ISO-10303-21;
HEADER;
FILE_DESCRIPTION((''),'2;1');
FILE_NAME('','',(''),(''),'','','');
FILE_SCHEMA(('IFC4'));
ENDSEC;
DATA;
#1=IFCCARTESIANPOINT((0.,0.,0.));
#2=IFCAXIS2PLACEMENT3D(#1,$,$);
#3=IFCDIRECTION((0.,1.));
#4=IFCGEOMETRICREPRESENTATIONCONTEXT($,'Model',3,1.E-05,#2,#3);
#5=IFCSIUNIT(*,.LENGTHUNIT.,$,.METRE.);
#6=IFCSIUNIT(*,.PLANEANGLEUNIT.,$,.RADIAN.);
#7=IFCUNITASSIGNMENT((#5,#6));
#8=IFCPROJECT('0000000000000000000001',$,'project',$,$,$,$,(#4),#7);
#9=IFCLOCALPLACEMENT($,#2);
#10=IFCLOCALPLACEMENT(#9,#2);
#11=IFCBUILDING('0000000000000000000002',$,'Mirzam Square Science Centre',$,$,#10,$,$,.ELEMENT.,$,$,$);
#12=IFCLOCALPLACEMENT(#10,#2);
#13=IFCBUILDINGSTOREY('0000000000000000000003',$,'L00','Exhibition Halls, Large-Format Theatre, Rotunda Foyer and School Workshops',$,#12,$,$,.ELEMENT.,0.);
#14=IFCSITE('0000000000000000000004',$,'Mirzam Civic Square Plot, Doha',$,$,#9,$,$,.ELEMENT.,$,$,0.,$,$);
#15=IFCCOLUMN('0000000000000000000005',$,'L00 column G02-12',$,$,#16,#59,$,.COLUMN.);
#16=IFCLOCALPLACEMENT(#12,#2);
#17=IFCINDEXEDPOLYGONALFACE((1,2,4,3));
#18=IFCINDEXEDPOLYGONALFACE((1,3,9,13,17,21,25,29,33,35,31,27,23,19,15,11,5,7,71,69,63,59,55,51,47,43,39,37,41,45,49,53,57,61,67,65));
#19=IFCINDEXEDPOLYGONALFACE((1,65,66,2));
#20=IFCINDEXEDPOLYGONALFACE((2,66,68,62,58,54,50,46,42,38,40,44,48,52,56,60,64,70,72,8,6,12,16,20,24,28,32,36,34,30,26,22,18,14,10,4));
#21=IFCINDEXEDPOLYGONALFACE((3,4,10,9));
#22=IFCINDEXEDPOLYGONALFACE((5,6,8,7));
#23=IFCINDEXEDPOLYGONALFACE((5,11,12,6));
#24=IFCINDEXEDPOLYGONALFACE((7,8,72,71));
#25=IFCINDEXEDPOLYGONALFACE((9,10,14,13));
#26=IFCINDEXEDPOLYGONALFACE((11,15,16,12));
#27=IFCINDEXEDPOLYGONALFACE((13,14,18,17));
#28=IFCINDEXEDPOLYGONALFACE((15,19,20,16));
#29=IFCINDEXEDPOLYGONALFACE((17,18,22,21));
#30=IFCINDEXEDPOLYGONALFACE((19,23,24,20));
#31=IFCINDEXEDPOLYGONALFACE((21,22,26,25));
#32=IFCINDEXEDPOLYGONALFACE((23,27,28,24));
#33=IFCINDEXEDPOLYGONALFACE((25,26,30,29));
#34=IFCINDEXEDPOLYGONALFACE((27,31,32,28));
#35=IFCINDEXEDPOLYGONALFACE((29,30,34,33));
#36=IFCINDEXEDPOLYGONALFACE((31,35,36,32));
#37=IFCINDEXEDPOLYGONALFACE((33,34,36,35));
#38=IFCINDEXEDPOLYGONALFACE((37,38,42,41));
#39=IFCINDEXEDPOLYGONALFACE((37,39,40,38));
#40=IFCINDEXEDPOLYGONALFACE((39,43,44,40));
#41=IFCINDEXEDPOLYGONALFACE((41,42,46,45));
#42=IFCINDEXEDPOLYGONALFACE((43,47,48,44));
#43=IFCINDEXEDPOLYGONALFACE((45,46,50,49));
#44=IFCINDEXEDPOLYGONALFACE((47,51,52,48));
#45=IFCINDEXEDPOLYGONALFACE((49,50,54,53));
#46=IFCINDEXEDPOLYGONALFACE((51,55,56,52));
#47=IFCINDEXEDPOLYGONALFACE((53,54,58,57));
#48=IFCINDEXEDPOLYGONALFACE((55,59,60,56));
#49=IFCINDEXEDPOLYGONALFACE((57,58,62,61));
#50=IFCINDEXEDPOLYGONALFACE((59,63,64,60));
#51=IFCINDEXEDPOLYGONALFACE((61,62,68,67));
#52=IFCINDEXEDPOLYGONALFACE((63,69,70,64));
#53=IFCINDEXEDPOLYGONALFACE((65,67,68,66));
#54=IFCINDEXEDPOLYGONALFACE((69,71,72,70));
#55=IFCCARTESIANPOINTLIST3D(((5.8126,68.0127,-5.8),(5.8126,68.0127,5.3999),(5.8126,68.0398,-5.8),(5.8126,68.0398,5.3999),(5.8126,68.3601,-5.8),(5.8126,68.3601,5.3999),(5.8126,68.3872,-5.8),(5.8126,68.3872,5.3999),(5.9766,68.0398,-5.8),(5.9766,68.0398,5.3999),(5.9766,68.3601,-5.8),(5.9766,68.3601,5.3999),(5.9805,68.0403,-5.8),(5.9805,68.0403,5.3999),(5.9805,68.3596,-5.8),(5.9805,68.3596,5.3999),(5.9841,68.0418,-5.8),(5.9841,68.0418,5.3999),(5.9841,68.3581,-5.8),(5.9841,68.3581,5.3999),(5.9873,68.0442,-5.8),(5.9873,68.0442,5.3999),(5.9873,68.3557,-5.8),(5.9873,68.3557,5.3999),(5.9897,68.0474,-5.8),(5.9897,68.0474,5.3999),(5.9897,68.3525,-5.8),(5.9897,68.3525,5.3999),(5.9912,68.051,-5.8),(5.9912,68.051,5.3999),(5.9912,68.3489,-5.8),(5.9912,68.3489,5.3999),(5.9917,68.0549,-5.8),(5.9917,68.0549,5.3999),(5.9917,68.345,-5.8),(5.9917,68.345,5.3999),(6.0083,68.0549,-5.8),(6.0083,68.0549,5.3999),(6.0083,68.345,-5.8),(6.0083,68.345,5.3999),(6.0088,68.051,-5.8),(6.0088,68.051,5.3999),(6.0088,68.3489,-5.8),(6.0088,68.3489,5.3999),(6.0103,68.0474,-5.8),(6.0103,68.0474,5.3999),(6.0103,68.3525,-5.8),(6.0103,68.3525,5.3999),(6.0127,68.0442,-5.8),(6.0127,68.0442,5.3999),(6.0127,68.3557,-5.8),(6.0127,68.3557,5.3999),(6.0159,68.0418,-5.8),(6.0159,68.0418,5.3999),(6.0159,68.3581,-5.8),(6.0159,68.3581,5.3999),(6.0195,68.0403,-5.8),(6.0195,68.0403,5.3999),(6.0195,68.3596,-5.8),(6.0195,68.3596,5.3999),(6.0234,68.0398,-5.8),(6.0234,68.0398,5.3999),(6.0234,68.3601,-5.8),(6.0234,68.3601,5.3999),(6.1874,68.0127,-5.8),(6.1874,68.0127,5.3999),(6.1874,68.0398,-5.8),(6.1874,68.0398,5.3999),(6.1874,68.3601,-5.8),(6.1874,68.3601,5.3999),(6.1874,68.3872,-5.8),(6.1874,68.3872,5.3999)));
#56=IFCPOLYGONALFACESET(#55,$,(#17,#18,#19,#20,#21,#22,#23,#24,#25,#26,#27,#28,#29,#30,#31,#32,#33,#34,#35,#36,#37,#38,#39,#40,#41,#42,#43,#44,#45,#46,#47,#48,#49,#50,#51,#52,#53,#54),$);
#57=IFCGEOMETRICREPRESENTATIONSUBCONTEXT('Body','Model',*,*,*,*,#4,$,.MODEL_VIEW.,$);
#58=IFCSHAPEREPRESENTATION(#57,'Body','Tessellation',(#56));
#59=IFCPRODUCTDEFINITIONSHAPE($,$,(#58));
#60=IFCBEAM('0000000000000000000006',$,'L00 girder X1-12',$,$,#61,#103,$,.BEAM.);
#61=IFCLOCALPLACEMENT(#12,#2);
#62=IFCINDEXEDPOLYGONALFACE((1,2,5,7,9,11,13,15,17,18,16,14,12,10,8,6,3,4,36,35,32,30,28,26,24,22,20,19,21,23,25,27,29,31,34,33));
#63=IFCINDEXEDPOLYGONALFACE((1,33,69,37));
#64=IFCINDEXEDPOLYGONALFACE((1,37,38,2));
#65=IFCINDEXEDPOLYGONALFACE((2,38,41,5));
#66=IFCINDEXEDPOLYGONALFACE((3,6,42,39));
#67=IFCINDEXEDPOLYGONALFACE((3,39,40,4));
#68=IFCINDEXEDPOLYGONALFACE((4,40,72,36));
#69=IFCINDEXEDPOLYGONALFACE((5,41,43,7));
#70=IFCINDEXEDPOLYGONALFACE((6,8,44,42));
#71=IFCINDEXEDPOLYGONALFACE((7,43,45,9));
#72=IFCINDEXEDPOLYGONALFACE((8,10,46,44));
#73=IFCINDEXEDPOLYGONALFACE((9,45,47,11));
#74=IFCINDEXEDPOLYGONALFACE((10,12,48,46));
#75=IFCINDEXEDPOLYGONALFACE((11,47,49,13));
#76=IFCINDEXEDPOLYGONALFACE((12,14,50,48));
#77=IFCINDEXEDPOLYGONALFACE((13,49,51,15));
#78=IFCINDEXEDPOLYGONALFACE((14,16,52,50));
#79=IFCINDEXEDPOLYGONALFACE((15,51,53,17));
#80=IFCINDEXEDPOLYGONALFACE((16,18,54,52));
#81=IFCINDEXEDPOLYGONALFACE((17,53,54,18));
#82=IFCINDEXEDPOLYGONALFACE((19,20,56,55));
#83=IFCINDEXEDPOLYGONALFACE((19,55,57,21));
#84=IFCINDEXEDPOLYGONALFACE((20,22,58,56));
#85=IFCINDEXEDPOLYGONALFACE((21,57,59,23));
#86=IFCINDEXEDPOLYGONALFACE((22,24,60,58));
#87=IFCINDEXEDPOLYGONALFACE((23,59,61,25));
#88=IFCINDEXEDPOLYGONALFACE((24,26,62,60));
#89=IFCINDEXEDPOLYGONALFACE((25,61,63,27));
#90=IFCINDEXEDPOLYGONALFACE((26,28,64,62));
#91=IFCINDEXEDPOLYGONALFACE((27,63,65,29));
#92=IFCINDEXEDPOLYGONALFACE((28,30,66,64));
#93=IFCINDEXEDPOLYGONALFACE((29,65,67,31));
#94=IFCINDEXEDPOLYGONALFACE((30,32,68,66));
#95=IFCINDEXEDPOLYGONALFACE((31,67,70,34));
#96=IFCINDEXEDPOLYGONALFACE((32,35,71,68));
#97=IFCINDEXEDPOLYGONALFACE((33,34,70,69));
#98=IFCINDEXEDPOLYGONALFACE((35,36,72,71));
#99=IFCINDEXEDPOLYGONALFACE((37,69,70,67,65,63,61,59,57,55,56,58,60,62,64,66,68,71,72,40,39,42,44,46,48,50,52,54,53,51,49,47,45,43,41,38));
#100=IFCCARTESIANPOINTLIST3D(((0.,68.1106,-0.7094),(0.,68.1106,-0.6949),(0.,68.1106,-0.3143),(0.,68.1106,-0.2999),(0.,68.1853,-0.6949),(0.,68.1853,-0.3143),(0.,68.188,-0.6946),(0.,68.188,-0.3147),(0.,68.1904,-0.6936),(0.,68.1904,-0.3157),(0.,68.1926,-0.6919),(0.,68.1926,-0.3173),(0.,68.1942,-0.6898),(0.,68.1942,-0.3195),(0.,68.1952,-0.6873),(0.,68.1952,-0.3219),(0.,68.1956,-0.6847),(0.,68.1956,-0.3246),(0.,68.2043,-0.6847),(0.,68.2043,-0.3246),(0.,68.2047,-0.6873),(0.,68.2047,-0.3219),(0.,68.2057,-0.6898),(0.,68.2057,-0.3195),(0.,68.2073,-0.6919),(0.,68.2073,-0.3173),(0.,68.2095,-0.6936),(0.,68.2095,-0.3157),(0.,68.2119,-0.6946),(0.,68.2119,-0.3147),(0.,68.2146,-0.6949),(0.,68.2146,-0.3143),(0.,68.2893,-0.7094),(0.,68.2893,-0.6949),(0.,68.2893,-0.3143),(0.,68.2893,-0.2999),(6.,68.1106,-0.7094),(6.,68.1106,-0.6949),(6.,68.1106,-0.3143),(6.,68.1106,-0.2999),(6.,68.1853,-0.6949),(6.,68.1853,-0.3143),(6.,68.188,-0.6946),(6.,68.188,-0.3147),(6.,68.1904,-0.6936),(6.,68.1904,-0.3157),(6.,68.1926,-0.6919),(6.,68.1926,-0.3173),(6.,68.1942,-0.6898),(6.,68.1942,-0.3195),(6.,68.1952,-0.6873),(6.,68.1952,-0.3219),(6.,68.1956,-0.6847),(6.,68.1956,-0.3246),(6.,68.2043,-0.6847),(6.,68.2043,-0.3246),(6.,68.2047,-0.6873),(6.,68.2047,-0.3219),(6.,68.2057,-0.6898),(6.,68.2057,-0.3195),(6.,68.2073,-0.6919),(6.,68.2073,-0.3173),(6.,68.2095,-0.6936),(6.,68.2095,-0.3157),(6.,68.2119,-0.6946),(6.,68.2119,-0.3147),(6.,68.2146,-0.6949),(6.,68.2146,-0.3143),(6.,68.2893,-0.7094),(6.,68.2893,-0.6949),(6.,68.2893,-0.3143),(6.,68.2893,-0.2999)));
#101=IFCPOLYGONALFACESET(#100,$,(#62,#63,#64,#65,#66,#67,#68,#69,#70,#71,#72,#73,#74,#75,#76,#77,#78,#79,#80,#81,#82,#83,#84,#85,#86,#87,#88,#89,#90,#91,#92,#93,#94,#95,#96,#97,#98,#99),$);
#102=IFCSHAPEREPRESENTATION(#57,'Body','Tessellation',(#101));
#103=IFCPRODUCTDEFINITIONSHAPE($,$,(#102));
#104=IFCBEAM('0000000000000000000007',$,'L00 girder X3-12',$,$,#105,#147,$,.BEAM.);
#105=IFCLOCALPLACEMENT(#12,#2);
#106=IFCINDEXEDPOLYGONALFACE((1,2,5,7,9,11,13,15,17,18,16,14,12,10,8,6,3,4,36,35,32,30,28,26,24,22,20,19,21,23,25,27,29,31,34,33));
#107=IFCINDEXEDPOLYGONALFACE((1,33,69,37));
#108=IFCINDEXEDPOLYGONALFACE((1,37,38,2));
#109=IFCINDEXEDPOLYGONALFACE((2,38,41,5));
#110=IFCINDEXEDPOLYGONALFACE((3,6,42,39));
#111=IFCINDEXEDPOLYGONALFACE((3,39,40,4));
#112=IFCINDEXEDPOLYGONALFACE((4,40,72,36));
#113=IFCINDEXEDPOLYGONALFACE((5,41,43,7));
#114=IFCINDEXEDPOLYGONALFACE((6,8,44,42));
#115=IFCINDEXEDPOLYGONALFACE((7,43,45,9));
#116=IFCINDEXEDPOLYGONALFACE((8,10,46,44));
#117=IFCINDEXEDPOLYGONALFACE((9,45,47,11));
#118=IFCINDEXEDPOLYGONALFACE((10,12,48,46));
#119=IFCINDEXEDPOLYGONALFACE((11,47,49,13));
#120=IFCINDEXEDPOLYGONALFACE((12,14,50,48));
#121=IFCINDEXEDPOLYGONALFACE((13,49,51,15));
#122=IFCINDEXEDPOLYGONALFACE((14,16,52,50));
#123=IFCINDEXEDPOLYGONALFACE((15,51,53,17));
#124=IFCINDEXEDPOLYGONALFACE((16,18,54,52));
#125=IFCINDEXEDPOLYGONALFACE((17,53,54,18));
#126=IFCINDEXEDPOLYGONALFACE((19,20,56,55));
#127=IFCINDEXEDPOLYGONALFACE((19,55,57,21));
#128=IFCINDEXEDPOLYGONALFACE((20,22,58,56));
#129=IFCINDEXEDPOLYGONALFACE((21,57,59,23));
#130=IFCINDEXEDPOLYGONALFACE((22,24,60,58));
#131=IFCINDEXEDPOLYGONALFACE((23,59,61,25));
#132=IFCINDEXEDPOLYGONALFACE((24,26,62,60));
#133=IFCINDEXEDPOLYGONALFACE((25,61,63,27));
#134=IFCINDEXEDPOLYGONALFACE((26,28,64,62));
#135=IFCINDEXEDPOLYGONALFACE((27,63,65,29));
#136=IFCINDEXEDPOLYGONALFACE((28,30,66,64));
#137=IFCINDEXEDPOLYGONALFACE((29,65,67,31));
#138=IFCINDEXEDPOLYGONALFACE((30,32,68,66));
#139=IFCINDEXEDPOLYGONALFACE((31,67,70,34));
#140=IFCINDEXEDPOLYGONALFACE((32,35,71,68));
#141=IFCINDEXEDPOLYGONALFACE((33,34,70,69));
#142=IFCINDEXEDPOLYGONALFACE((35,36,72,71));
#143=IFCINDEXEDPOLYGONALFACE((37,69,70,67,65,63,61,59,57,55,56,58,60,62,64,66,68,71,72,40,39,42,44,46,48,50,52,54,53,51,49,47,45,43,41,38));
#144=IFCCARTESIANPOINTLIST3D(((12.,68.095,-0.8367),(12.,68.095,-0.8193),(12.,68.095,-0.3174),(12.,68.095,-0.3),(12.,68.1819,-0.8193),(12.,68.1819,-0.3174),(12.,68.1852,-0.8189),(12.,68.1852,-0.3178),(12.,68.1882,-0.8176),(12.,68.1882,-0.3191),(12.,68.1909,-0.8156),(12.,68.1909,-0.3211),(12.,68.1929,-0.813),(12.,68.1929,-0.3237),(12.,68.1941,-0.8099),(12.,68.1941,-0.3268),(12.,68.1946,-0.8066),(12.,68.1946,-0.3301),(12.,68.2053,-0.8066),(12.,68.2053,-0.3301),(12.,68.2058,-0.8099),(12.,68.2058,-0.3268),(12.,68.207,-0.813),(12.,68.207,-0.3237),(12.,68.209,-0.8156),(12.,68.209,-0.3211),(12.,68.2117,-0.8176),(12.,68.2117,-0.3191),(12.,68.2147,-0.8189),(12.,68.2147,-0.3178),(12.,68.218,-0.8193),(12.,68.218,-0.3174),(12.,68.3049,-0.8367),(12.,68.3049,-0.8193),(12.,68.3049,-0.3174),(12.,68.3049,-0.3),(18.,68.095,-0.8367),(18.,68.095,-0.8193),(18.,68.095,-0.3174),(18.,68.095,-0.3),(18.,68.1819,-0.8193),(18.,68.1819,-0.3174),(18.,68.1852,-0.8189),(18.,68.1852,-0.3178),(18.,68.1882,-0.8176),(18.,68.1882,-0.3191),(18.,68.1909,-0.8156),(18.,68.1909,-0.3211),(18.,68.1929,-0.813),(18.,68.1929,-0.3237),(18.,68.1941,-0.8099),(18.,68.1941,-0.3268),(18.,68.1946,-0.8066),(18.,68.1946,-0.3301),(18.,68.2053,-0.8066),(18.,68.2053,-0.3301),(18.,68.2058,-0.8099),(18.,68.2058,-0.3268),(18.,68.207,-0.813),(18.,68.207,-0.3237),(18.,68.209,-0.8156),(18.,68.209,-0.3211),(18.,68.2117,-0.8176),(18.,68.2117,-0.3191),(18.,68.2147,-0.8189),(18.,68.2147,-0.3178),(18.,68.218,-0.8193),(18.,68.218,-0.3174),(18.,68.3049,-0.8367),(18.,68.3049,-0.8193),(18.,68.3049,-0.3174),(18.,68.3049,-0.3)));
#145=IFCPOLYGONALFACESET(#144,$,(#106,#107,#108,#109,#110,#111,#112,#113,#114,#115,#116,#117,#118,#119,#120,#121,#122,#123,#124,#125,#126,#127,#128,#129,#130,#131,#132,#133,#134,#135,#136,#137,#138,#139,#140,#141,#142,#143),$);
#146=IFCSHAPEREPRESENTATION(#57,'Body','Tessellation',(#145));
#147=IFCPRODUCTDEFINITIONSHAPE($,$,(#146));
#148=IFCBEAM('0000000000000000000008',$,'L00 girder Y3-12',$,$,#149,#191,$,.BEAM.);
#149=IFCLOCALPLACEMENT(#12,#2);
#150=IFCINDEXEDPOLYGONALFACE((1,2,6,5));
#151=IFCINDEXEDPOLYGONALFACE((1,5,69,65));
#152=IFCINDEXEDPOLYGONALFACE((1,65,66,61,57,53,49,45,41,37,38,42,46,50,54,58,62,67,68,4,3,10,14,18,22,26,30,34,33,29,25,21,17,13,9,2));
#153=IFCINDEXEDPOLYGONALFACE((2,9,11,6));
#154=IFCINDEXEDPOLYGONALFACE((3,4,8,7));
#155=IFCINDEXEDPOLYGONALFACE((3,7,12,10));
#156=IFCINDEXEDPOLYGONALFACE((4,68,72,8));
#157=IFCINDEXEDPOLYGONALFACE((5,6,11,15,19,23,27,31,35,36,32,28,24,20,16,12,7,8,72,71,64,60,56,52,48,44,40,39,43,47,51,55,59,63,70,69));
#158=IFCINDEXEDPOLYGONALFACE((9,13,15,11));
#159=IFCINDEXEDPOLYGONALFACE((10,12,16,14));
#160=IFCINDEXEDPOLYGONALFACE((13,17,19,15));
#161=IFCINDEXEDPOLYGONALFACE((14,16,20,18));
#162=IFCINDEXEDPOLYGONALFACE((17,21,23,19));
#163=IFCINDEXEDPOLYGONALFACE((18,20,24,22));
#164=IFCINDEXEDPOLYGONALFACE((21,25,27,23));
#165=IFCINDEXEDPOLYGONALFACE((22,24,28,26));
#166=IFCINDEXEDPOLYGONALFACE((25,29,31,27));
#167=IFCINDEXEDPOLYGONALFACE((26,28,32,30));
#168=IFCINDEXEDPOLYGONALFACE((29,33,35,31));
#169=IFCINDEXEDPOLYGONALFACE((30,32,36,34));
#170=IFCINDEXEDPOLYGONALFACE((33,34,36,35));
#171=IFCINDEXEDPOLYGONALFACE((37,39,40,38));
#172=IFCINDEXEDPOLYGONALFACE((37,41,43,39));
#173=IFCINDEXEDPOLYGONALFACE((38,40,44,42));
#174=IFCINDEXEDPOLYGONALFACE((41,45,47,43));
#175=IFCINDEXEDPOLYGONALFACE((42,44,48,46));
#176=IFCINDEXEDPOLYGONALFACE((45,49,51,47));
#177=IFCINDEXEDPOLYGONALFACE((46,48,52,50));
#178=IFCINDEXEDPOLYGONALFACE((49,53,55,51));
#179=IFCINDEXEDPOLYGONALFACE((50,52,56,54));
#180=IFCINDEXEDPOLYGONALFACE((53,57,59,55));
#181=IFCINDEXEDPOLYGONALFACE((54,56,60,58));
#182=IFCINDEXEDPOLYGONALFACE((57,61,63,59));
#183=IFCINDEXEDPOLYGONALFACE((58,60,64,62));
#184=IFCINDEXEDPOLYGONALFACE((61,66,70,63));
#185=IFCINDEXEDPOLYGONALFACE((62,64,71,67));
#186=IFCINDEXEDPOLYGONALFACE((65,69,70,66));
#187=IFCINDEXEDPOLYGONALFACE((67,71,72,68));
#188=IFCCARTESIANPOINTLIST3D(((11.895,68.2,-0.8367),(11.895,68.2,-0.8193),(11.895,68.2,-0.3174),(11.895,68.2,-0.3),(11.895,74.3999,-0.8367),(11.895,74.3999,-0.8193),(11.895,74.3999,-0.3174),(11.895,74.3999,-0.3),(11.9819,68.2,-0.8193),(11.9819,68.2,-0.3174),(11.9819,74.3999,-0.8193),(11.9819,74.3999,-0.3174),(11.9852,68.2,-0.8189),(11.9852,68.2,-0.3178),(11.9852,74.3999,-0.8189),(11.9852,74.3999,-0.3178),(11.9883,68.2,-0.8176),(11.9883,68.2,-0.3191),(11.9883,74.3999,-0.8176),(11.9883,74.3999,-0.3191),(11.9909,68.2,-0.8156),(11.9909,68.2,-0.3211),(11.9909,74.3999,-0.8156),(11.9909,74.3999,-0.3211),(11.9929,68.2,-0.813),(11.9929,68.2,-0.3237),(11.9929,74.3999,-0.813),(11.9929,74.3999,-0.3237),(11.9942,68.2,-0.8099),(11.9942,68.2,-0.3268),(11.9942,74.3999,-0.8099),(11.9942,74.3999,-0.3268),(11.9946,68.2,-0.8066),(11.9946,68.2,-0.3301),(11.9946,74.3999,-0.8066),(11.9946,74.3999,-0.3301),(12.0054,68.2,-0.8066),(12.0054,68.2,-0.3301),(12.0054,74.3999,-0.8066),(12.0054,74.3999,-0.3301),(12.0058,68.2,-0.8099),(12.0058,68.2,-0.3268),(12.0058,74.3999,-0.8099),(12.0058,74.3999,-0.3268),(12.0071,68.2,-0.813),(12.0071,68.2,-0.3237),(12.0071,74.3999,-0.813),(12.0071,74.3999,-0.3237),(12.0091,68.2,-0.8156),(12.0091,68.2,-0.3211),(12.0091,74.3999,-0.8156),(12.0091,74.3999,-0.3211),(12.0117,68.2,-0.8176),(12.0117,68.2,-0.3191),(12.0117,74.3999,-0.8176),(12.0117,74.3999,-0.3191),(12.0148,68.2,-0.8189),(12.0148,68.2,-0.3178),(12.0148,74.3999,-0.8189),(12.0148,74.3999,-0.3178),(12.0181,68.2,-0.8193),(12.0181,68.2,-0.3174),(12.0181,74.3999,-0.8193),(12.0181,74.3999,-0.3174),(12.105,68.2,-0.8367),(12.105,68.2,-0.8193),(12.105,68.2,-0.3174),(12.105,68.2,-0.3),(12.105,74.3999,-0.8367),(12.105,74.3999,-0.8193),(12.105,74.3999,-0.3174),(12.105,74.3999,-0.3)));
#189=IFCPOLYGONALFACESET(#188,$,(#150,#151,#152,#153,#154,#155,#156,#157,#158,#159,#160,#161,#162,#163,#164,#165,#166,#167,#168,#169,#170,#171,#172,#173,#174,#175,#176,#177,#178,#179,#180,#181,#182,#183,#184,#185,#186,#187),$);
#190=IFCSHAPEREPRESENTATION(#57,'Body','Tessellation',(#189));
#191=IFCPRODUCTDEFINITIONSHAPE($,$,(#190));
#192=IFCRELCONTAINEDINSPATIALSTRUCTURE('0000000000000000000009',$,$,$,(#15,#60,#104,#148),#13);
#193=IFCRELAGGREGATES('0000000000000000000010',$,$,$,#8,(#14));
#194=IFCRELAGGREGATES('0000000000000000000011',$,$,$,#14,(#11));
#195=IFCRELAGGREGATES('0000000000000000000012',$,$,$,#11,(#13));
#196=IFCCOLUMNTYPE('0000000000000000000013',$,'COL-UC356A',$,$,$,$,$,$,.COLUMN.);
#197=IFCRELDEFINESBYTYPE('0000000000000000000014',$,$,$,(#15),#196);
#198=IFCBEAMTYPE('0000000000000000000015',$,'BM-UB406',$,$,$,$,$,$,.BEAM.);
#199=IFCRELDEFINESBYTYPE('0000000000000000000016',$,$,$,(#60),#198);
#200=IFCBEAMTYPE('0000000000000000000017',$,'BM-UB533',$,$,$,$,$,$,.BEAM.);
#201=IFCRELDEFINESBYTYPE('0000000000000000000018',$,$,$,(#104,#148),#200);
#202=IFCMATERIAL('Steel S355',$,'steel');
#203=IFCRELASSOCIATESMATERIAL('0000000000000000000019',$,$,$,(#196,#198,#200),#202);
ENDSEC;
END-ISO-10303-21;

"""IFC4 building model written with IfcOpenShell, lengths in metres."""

from ifc_helpers import new_model, si_unit, direction, frame, origin, origin_2d, place, context, subcontext, project, spatial, i_section, extrude, material, material_profile, profile_set, type_object, element, save


model = new_model("IFC4")

# Units and contexts
model_context = context("Model", 3, precision=1e-05, world=origin(), true_north=direction((0.0, 1.0)))
body_context = subcontext(model_context, "Body", "Model", "MODEL_VIEW")
ifc_project = project(units=[si_unit("LENGTHUNIT", "METRE"), si_unit("PLANEANGLEUNIT", "RADIAN")], contexts=[model_context])

# Site, building, storey
site_placement = place(None, origin())
site = spatial("IfcSite", under=ifc_project, at=site_placement, Name="Mirzam Civic Square Plot, Doha", CompositionType="ELEMENT", RefElevation=0.0)
building_placement = place(site_placement, origin())
building = spatial("IfcBuilding", under=site, at=building_placement, Name="Mirzam Square Science Centre", CompositionType="ELEMENT")
storey_placement = place(building_placement, origin())
storey = spatial("IfcBuildingStorey", under=building, at=storey_placement, Name="L00", Description="Exhibition Halls, Large-Format Theatre, Rotunda Foyer and School Workshops", CompositionType="ELEMENT", Elevation=0.0)

# Column
ifc_material_1 = material(Name="Steel S355", Category="steel")
ifc_material_profile_1 = material_profile(ifc_material_1, i_section(OverallWidth=0.3748, OverallDepth=0.3745, WebThickness=0.0166, FlangeThickness=0.0271, FilletRadius=0.0151, at=origin_2d()), Name="356x368x202UC")
ifc_profile_set_1 = profile_set([ifc_material_profile_1], Name="Steel S355")
column_type_1 = type_object("IfcColumnType", Name="COL-UC356A", PredefinedType="COLUMN", material=ifc_profile_set_1)
column_1_placement = place(storey_placement, frame((6.0, 68.2, -5.8), z_axis=(0.0, 0.0, 1.0), x_axis=(1.0, 0.0, 0.0)))
element("IfcColumn", 1, at=column_1_placement, inside=storey, type_object=column_type_1, Name="L00 column G02-12", PredefinedType="COLUMN", context=body_context, shape_type="SweptSolid", body=[
    extrude(i_section(OverallWidth=0.3748, OverallDepth=0.3745, WebThickness=0.0166, FlangeThickness=0.0271, FilletRadius=0.0151, at=origin_2d()), origin(), (0.0, 0.0, 1.0), 11.2),
])

# Beams
ifc_material_profile_2 = material_profile(ifc_material_1, i_section(OverallWidth=0.1787, OverallDepth=0.4094, WebThickness=0.0088, FlangeThickness=0.0144, FilletRadius=0.0103, at=origin_2d()), Name="406x178x67UB")
ifc_profile_set_2 = profile_set([ifc_material_profile_2], Name="Steel S355")
beam_type_1 = type_object("IfcBeamType", Name="BM-UB406", PredefinedType="BEAM", material=ifc_profile_set_2)
beam_1_placement = place(storey_placement, frame((0.0, 68.2, -0.5046), z_axis=(1.0, 0.0, 0.0), x_axis=(0.0, 1.0, 0.0)))
element("IfcBeam", 2, at=beam_1_placement, inside=storey, type_object=beam_type_1, Name="L00 girder X1-12", PredefinedType="BEAM", context=body_context, shape_type="SweptSolid", body=[
    extrude(i_section(OverallWidth=0.1787, OverallDepth=0.4094, WebThickness=0.0088, FlangeThickness=0.0144, FilletRadius=0.0103, at=origin_2d()), origin(), (0.0, 0.0, 1.0), 6.0),
])
ifc_material_profile_3 = material_profile(ifc_material_1, i_section(OverallWidth=0.21, OverallDepth=0.5366, WebThickness=0.0107, FlangeThickness=0.0173, FilletRadius=0.0127, at=origin_2d()), Name="533x210x101UB")
ifc_profile_set_3 = profile_set([ifc_material_profile_3], Name="Steel S355")
beam_type_2 = type_object("IfcBeamType", Name="BM-UB533", PredefinedType="BEAM", material=ifc_profile_set_3)
beam_2_placement = place(storey_placement, frame((12.0, 68.2, -0.5684), z_axis=(1.0, 0.0, 0.0), x_axis=(0.0, 1.0, 0.0)))
element("IfcBeam", 3, at=beam_2_placement, inside=storey, type_object=beam_type_2, Name="L00 girder X3-12", PredefinedType="BEAM", context=body_context, shape_type="SweptSolid", body=[
    extrude(i_section(OverallWidth=0.21, OverallDepth=0.5366, WebThickness=0.0107, FlangeThickness=0.0173, FilletRadius=0.0127, at=origin_2d()), origin(), (0.0, 0.0, 1.0), 6.0),
])
beam_3_placement = place(storey_placement, frame((12.0, 68.2, -0.5684), z_axis=(0.0, 1.0, 0.0), x_axis=(-1.0, 0.0, 0.0)))
element("IfcBeam", 4, at=beam_3_placement, inside=storey, type_object=beam_type_2, Name="L00 girder Y3-12", PredefinedType="BEAM", context=body_context, shape_type="SweptSolid", body=[
    extrude(i_section(OverallWidth=0.21, OverallDepth=0.5366, WebThickness=0.0107, FlangeThickness=0.0173, FilletRadius=0.0127, at=origin_2d()), origin(), (0.0, 0.0, 1.0), 6.2),
])

save(model, "model.ifc")
